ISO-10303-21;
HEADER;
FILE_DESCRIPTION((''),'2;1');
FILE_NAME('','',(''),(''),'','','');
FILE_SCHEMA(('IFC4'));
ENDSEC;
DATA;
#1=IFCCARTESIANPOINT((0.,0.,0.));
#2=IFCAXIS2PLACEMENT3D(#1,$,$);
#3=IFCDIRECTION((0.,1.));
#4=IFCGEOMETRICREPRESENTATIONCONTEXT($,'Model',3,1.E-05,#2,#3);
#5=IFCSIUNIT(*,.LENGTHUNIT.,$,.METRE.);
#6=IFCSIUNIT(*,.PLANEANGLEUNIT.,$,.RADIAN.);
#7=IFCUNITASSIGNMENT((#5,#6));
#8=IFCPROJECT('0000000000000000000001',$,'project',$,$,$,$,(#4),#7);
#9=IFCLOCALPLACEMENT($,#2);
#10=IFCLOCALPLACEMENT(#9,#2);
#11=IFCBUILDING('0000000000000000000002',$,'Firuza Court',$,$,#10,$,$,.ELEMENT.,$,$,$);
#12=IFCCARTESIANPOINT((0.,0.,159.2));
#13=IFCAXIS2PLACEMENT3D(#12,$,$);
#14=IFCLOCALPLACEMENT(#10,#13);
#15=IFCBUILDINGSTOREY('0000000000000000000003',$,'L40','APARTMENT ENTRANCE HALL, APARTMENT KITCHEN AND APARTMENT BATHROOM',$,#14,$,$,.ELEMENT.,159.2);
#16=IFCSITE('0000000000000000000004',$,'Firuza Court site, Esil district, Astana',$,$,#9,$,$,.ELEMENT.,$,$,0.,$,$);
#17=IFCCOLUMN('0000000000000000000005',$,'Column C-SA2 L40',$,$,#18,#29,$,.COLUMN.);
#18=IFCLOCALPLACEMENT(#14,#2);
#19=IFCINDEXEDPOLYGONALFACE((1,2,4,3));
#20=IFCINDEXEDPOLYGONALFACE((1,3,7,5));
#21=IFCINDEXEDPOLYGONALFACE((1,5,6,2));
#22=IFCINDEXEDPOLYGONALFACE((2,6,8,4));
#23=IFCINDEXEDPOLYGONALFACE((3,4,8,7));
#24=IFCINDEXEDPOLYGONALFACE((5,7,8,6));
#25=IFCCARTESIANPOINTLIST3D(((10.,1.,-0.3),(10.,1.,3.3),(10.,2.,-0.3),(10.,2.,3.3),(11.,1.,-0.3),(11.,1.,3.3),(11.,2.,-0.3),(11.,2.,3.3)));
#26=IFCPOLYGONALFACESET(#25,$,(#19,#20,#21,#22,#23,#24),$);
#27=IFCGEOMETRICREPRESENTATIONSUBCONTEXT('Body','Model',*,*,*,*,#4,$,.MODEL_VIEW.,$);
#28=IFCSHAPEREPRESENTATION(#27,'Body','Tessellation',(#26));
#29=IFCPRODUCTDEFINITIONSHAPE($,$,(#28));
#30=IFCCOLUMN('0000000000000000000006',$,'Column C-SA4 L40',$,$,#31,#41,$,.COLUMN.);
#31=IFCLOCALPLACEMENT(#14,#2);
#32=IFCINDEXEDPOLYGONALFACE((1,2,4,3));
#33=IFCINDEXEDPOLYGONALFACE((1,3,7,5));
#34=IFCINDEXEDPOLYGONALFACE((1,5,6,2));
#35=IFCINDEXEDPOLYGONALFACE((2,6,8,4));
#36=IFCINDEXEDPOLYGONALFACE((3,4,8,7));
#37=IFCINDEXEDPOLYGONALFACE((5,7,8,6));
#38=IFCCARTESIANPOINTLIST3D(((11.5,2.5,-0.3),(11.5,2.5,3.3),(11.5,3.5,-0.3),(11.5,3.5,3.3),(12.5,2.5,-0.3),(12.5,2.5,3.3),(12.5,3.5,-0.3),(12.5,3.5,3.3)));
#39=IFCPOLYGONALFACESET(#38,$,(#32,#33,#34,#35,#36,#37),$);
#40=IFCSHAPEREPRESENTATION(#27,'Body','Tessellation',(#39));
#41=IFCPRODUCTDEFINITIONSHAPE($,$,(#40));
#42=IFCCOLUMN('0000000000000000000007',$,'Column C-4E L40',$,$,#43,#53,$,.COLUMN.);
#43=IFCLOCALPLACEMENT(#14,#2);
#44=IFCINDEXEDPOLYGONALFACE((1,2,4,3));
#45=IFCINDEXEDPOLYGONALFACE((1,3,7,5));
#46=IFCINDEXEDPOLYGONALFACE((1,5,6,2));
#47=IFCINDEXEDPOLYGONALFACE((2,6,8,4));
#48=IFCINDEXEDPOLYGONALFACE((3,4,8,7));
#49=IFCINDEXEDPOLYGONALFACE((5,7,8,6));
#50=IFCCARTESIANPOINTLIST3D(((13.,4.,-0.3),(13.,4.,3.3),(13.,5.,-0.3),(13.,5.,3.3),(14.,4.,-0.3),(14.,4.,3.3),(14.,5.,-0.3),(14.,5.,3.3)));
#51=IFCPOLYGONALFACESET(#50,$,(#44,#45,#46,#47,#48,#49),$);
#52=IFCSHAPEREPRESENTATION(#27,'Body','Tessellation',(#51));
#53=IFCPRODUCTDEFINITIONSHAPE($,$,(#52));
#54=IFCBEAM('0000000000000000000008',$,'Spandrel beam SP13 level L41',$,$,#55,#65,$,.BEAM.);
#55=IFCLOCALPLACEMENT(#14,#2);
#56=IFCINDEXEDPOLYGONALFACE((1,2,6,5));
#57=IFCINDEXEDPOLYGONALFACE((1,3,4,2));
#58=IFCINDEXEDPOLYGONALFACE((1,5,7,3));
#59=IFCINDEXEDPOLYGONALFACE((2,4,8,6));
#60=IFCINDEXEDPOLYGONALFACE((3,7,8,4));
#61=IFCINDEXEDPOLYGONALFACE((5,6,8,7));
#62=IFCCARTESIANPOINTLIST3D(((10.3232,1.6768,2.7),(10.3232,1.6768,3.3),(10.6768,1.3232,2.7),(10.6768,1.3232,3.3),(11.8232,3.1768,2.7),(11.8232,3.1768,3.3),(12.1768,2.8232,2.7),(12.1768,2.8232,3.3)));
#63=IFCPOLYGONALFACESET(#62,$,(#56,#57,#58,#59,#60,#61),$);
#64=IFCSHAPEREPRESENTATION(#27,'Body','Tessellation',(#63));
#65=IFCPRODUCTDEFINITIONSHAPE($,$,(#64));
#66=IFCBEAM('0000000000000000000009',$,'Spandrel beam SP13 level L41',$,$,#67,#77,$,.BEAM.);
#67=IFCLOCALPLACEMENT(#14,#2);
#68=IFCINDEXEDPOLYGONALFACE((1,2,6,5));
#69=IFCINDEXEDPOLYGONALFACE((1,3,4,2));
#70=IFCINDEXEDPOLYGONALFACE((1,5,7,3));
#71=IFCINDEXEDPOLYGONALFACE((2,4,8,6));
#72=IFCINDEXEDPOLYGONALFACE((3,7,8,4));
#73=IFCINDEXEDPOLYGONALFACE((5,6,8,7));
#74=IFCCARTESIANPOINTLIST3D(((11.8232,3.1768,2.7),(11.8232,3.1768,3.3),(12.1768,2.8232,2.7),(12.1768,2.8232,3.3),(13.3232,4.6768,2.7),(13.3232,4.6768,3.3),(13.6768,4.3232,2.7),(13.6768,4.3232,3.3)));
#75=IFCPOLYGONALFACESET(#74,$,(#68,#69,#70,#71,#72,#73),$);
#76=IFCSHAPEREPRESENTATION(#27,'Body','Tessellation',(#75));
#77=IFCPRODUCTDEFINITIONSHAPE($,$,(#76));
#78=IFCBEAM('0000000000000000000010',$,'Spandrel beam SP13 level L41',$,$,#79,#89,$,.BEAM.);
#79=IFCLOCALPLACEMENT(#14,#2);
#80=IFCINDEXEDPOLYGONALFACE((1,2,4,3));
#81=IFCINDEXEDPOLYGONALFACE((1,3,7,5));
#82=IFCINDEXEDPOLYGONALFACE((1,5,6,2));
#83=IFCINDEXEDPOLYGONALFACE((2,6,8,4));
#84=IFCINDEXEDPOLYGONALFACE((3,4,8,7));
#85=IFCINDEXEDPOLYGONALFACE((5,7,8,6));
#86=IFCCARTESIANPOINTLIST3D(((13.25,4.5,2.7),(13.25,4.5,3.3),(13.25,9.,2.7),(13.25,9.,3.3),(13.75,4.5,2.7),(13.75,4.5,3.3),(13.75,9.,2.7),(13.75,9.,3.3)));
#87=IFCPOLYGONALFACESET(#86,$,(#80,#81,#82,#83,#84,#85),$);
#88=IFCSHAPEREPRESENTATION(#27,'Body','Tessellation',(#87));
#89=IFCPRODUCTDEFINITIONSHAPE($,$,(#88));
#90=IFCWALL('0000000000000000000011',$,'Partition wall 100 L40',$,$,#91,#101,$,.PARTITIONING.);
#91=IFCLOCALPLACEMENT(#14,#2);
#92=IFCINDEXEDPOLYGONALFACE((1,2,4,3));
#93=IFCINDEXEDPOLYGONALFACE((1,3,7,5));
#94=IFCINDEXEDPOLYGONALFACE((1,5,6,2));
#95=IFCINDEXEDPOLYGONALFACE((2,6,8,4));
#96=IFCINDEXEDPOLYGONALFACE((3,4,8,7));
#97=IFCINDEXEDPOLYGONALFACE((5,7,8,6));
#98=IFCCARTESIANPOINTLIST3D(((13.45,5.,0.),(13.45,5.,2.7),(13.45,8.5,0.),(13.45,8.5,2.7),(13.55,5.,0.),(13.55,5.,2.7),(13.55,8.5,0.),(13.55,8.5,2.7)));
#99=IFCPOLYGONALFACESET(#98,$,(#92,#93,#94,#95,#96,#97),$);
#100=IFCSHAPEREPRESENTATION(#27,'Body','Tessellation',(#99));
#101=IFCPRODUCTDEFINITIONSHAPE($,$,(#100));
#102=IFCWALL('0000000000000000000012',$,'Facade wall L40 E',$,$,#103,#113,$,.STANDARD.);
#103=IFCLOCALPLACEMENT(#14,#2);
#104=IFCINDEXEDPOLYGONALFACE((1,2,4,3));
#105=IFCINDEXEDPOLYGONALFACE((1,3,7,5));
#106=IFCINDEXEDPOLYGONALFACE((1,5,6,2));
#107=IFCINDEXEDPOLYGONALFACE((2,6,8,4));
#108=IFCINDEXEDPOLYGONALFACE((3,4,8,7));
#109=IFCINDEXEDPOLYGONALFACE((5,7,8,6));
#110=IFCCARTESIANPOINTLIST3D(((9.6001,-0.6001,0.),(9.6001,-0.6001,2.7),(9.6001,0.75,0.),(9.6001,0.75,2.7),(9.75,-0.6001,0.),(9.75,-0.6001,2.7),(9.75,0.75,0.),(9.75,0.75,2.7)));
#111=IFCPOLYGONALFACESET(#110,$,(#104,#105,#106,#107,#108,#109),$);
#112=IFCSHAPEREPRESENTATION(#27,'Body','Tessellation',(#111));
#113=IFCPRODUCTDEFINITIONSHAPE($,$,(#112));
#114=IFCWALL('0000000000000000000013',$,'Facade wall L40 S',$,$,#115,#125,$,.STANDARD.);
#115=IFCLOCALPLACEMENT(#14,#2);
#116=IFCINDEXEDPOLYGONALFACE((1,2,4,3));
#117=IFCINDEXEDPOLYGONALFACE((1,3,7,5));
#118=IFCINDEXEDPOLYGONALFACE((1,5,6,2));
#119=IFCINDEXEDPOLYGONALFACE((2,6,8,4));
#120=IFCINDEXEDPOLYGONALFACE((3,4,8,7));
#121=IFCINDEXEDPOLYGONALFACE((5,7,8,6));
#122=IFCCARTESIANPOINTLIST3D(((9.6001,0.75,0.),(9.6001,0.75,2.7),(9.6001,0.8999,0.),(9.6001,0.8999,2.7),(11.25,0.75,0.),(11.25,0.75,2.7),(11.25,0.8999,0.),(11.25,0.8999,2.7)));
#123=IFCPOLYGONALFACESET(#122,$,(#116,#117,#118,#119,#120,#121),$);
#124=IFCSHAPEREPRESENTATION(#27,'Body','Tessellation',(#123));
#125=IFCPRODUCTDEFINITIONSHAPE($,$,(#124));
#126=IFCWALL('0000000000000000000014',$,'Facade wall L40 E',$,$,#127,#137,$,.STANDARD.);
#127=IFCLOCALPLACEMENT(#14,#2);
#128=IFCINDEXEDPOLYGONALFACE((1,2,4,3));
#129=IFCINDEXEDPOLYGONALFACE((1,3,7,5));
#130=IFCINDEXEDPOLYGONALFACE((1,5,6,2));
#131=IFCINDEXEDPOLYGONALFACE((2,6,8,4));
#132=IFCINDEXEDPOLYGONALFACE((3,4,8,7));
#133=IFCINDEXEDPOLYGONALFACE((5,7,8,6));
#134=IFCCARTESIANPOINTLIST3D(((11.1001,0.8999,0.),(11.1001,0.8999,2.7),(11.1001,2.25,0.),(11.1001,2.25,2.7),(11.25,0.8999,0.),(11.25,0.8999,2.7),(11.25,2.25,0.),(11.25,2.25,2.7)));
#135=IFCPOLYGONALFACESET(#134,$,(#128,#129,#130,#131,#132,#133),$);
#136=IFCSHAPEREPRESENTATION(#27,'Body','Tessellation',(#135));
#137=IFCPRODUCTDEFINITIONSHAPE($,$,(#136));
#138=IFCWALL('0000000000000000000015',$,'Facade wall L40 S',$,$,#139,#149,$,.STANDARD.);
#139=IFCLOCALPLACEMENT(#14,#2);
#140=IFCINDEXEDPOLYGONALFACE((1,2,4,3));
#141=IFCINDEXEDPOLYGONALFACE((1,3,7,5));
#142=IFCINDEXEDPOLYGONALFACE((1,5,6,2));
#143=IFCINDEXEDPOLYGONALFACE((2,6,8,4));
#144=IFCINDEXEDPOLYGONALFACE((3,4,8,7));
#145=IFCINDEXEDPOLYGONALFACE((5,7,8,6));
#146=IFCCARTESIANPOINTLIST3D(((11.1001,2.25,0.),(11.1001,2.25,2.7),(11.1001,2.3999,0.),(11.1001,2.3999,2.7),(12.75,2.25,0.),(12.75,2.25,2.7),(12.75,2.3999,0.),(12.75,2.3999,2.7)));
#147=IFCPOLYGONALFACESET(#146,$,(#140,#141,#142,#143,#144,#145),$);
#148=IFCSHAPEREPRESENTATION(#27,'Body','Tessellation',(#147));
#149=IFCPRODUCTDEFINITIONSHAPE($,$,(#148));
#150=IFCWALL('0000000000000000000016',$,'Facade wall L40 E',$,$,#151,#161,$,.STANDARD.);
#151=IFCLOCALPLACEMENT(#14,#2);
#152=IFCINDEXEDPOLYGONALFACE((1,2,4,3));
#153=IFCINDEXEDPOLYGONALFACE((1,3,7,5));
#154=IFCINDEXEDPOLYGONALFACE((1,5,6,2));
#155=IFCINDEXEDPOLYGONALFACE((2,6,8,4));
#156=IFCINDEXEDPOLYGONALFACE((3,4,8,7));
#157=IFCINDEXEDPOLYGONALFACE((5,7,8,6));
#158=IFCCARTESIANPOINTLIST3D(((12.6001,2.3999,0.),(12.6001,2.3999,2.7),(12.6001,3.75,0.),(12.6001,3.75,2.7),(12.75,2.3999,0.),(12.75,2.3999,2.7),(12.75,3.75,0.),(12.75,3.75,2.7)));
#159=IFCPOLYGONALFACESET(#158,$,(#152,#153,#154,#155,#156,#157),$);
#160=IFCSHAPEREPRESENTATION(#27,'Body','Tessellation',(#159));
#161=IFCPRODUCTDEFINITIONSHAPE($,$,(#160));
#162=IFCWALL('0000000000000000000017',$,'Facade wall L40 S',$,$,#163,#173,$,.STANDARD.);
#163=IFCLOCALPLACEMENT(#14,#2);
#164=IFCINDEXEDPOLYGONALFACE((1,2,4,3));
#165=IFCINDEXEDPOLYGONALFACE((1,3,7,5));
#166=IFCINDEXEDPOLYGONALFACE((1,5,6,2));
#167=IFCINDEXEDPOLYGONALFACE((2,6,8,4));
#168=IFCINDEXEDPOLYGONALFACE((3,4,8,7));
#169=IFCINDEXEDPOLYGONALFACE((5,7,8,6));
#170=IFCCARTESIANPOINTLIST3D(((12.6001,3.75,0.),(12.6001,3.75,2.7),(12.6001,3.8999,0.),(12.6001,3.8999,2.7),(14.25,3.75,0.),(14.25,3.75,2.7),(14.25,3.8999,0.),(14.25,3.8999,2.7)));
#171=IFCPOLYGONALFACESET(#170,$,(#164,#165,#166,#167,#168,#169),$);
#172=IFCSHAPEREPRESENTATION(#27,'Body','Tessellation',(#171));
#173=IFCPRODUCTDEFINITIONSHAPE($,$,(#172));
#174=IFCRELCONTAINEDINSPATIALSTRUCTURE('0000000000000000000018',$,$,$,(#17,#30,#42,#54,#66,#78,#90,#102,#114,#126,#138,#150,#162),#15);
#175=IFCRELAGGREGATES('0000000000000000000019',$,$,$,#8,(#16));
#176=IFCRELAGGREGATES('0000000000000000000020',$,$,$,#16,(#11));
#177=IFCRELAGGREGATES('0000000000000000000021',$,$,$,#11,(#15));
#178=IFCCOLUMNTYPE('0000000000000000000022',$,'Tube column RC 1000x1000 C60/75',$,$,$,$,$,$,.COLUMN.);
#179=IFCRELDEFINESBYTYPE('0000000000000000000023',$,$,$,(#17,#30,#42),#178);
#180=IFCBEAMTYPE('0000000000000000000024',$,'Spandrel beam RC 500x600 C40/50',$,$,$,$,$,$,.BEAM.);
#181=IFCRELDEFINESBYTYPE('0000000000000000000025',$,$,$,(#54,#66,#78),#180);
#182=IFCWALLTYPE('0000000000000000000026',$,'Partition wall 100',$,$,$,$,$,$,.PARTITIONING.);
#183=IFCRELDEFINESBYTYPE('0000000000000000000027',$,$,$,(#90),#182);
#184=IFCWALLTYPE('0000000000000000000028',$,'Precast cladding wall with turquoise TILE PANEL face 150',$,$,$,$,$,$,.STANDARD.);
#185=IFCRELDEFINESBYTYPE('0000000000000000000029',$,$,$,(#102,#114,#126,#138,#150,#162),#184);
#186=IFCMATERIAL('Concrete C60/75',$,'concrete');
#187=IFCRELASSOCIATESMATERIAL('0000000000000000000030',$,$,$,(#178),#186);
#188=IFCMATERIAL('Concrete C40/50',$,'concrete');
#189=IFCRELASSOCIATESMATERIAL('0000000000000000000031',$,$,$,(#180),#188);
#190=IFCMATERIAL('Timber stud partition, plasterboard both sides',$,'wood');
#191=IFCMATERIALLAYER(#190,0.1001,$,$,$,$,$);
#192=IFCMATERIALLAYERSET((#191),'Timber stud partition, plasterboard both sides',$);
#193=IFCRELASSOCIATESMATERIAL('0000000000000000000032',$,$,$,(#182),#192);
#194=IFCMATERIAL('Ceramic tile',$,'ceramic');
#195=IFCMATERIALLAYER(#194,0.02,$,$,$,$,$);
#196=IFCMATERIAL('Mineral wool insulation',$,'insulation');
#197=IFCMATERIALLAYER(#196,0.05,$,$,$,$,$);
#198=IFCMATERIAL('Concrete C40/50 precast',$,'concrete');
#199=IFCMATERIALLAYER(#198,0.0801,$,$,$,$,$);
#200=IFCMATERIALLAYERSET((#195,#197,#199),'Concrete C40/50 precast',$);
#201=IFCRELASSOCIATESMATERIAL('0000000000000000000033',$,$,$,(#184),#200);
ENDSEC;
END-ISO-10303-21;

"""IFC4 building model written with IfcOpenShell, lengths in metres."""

from ifc_helpers import new_model, si_unit, direction, frame, frame_2d, origin, origin_2d, place, context, subcontext, project, spatial, rectangle, extrude, material, layer, layer_set, material_profile, profile_set, type_object, element, save


model = new_model("IFC4")

# Units and contexts
model_context = context("Model", 3, precision=1e-05, world=origin(), true_north=direction((0.0, 1.0)))
body_context = subcontext(model_context, "Body", "Model", "MODEL_VIEW")
ifc_project = project(units=[si_unit("LENGTHUNIT", "METRE"), si_unit("PLANEANGLEUNIT", "RADIAN")], contexts=[model_context])

# Site, building, storey
site_placement = place(None, origin())
site = spatial("IfcSite", under=ifc_project, at=site_placement, Name="Firuza Court site, Esil district, Astana", CompositionType="ELEMENT", RefElevation=0.0)
building_placement = place(site_placement, origin())
building = spatial("IfcBuilding", under=site, at=building_placement, Name="Firuza Court", CompositionType="ELEMENT")
storey_placement = place(building_placement, frame((0.0, 0.0, 159.2)))
storey = spatial("IfcBuildingStorey", under=building, at=storey_placement, Name="L40", Description="APARTMENT ENTRANCE HALL, APARTMENT KITCHEN AND APARTMENT BATHROOM", CompositionType="ELEMENT", Elevation=159.2)

# Columns
ifc_material_1 = material(Name="Concrete C60/75", Category="concrete")
ifc_material_profile_1 = material_profile(ifc_material_1, rectangle(XDim=1.0, YDim=1.0, at=origin_2d()), Name="RC 1000x1000")
ifc_profile_set_1 = profile_set([ifc_material_profile_1], Name="Concrete C60/75")
column_type = type_object("IfcColumnType", Name="Tube column RC 1000x1000 C60/75", PredefinedType="COLUMN", material=ifc_profile_set_1)
for number, where, z_axis, x_axis, name in (
    (1, (10.5, 1.5, -0.3), (0.0, 0.0, 1.0), (1.0, 0.0, 0.0), "Column C-SA2 L40"),
    (2, (12.0, 3.0, -0.3), (0.0, 0.0, 1.0), (1.0, 0.0, 0.0), "Column C-SA4 L40"),
    (3, (13.5, 4.5, -0.3), (0.0, 0.0, 1.0), (1.0, 0.0, 0.0), "Column C-4E L40"),
):
    element("IfcColumn", number, at=place(storey_placement, frame(where, z_axis=z_axis, x_axis=x_axis)), inside=storey, type_object=column_type, Name=name, PredefinedType="COLUMN", context=body_context, shape_type="SweptSolid", body=[
        extrude(rectangle(XDim=1.0, YDim=1.0, at=origin_2d()), origin(), (0.0, 0.0, 1.0), 3.6001),
    ])

# Beams
ifc_material_2 = material(Name="Concrete C40/50", Category="concrete")
ifc_material_profile_2 = material_profile(ifc_material_2, rectangle(XDim=0.5, YDim=0.6001, at=origin_2d()), Name="RC 500x600")
ifc_profile_set_2 = profile_set([ifc_material_profile_2], Name="Concrete C40/50")
beam_type = type_object("IfcBeamType", Name="Spandrel beam RC 500x600 C40/50", PredefinedType="BEAM", material=ifc_profile_set_2)
for number, where, z_axis, x_axis, name in (
    (4, (10.5, 1.5, 3.0), (0.707107, 0.707107, 0.0), (-0.707107, 0.707107, 0.0), "Spandrel beam SP13 level L41"),
    (5, (12.0, 3.0, 3.0), (0.707107, 0.707107, 0.0), (-0.707107, 0.707107, 0.0), "Spandrel beam SP13 level L41"),
):
    element("IfcBeam", number, at=place(storey_placement, frame(where, z_axis=z_axis, x_axis=x_axis)), inside=storey, type_object=beam_type, Name=name, PredefinedType="BEAM", context=body_context, shape_type="SweptSolid", body=[
        extrude(rectangle(XDim=0.5, YDim=0.6001, at=origin_2d()), origin(), (0.0, 0.0, 1.0), 2.1213),
    ])
beam_placement = place(storey_placement, frame((13.5, 4.5, 3.0), z_axis=(0.0, 1.0, 0.0), x_axis=(-1.0, 0.0, 0.0)))
element("IfcBeam", 6, at=beam_placement, inside=storey, type_object=beam_type, Name="Spandrel beam SP13 level L41", PredefinedType="BEAM", context=body_context, shape_type="SweptSolid", body=[
    extrude(rectangle(XDim=0.5, YDim=0.6001, at=origin_2d()), origin(), (0.0, 0.0, 1.0), 4.5),
])

# Walls
ifc_material_3 = material(Name="Timber stud partition, plasterboard both sides", Category="wood")
ifc_layer_1 = layer(ifc_material_3, 0.1001)
ifc_layer_set_1 = layer_set([ifc_layer_1], Name="Timber stud partition, plasterboard both sides")
wall_type_1 = type_object("IfcWallType", Name="Partition wall 100", PredefinedType="PARTITIONING", material=ifc_layer_set_1)
wall_1_placement = place(storey_placement, frame((13.5, 5.0, 0.0), z_axis=(0.0, 0.0, 1.0), x_axis=(0.0, 1.0, 0.0)))
element("IfcWall", 7, at=wall_1_placement, inside=storey, type_object=wall_type_1, Name="Partition wall 100 L40", PredefinedType="PARTITIONING", context=body_context, shape_type="SweptSolid", body=[
    extrude(rectangle(XDim=3.5, YDim=0.1001, at=frame_2d((1.75, 0.0))), origin(), (0.0, 0.0, 1.0), 2.7),
])
ifc_material_4 = material(Name="Ceramic tile", Category="ceramic")
ifc_layer_2 = layer(ifc_material_4, 0.02)
ifc_material_5 = material(Name="Mineral wool insulation", Category="insulation")
ifc_layer_3 = layer(ifc_material_5, 0.05)
ifc_material_6 = material(Name="Concrete C40/50 precast", Category="concrete")
ifc_layer_4 = layer(ifc_material_6, 0.0801)
ifc_layer_set_2 = layer_set([ifc_layer_2, ifc_layer_3, ifc_layer_4], Name="Concrete C40/50 precast")
wall_type_2 = type_object("IfcWallType", Name="Precast cladding wall with turquoise TILE PANEL face 150", PredefinedType="STANDARD", material=ifc_layer_set_2)
wall_2_placement = place(storey_placement, frame((9.675, -0.6001, 0.0), z_axis=(0.0, 0.0, 1.0), x_axis=(0.0, 1.0, 0.0)))
element("IfcWall", 8, at=wall_2_placement, inside=storey, type_object=wall_type_2, Name="Facade wall L40 E", PredefinedType="STANDARD", context=body_context, shape_type="SweptSolid", body=[
    extrude(rectangle(XDim=1.3501, YDim=0.1499, at=frame_2d((0.675, 0.0))), origin(), (0.0, 0.0, 1.0), 2.7),
])
wall_3_placement = place(storey_placement, frame((9.6001, 0.825, 0.0), z_axis=(0.0, 0.0, 1.0), x_axis=(1.0, 0.0, 0.0)))
element("IfcWall", 9, at=wall_3_placement, inside=storey, type_object=wall_type_2, Name="Facade wall L40 S", PredefinedType="STANDARD", context=body_context, shape_type="SweptSolid", body=[
    extrude(rectangle(XDim=1.6499, YDim=0.1499, at=frame_2d((0.825, 0.0))), origin(), (0.0, 0.0, 1.0), 2.7),
])
wall_4_placement = place(storey_placement, frame((11.175, 0.8999, 0.0), z_axis=(0.0, 0.0, 1.0), x_axis=(0.0, 1.0, 0.0)))
element("IfcWall", 10, at=wall_4_placement, inside=storey, type_object=wall_type_2, Name="Facade wall L40 E", PredefinedType="STANDARD", context=body_context, shape_type="SweptSolid", body=[
    extrude(rectangle(XDim=1.3501, YDim=0.1499, at=frame_2d((0.675, 0.0))), origin(), (0.0, 0.0, 1.0), 2.7),
])
wall_5_placement = place(storey_placement, frame((11.1001, 2.325, 0.0), z_axis=(0.0, 0.0, 1.0), x_axis=(1.0, 0.0, 0.0)))
element("IfcWall", 11, at=wall_5_placement, inside=storey, type_object=wall_type_2, Name="Facade wall L40 S", PredefinedType="STANDARD", context=body_context, shape_type="SweptSolid", body=[
    extrude(rectangle(XDim=1.6499, YDim=0.1499, at=frame_2d((0.825, 0.0))), origin(), (0.0, 0.0, 1.0), 2.7),
])
wall_6_placement = place(storey_placement, frame((12.675, 2.3999, 0.0), z_axis=(0.0, 0.0, 1.0), x_axis=(0.0, 1.0, 0.0)))
element("IfcWall", 12, at=wall_6_placement, inside=storey, type_object=wall_type_2, Name="Facade wall L40 E", PredefinedType="STANDARD", context=body_context, shape_type="SweptSolid", body=[
    extrude(rectangle(XDim=1.3501, YDim=0.1499, at=frame_2d((0.675, 0.0))), origin(), (0.0, 0.0, 1.0), 2.7),
])
wall_7_placement = place(storey_placement, frame((12.6001, 3.825, 0.0), z_axis=(0.0, 0.0, 1.0), x_axis=(1.0, 0.0, 0.0)))
element("IfcWall", 13, at=wall_7_placement, inside=storey, type_object=wall_type_2, Name="Facade wall L40 S", PredefinedType="STANDARD", context=body_context, shape_type="SweptSolid", body=[
    extrude(rectangle(XDim=1.6499, YDim=0.1499, at=frame_2d((0.825, 0.0))), origin(), (0.0, 0.0, 1.0), 2.7),
])

save(model, "model.ifc")
